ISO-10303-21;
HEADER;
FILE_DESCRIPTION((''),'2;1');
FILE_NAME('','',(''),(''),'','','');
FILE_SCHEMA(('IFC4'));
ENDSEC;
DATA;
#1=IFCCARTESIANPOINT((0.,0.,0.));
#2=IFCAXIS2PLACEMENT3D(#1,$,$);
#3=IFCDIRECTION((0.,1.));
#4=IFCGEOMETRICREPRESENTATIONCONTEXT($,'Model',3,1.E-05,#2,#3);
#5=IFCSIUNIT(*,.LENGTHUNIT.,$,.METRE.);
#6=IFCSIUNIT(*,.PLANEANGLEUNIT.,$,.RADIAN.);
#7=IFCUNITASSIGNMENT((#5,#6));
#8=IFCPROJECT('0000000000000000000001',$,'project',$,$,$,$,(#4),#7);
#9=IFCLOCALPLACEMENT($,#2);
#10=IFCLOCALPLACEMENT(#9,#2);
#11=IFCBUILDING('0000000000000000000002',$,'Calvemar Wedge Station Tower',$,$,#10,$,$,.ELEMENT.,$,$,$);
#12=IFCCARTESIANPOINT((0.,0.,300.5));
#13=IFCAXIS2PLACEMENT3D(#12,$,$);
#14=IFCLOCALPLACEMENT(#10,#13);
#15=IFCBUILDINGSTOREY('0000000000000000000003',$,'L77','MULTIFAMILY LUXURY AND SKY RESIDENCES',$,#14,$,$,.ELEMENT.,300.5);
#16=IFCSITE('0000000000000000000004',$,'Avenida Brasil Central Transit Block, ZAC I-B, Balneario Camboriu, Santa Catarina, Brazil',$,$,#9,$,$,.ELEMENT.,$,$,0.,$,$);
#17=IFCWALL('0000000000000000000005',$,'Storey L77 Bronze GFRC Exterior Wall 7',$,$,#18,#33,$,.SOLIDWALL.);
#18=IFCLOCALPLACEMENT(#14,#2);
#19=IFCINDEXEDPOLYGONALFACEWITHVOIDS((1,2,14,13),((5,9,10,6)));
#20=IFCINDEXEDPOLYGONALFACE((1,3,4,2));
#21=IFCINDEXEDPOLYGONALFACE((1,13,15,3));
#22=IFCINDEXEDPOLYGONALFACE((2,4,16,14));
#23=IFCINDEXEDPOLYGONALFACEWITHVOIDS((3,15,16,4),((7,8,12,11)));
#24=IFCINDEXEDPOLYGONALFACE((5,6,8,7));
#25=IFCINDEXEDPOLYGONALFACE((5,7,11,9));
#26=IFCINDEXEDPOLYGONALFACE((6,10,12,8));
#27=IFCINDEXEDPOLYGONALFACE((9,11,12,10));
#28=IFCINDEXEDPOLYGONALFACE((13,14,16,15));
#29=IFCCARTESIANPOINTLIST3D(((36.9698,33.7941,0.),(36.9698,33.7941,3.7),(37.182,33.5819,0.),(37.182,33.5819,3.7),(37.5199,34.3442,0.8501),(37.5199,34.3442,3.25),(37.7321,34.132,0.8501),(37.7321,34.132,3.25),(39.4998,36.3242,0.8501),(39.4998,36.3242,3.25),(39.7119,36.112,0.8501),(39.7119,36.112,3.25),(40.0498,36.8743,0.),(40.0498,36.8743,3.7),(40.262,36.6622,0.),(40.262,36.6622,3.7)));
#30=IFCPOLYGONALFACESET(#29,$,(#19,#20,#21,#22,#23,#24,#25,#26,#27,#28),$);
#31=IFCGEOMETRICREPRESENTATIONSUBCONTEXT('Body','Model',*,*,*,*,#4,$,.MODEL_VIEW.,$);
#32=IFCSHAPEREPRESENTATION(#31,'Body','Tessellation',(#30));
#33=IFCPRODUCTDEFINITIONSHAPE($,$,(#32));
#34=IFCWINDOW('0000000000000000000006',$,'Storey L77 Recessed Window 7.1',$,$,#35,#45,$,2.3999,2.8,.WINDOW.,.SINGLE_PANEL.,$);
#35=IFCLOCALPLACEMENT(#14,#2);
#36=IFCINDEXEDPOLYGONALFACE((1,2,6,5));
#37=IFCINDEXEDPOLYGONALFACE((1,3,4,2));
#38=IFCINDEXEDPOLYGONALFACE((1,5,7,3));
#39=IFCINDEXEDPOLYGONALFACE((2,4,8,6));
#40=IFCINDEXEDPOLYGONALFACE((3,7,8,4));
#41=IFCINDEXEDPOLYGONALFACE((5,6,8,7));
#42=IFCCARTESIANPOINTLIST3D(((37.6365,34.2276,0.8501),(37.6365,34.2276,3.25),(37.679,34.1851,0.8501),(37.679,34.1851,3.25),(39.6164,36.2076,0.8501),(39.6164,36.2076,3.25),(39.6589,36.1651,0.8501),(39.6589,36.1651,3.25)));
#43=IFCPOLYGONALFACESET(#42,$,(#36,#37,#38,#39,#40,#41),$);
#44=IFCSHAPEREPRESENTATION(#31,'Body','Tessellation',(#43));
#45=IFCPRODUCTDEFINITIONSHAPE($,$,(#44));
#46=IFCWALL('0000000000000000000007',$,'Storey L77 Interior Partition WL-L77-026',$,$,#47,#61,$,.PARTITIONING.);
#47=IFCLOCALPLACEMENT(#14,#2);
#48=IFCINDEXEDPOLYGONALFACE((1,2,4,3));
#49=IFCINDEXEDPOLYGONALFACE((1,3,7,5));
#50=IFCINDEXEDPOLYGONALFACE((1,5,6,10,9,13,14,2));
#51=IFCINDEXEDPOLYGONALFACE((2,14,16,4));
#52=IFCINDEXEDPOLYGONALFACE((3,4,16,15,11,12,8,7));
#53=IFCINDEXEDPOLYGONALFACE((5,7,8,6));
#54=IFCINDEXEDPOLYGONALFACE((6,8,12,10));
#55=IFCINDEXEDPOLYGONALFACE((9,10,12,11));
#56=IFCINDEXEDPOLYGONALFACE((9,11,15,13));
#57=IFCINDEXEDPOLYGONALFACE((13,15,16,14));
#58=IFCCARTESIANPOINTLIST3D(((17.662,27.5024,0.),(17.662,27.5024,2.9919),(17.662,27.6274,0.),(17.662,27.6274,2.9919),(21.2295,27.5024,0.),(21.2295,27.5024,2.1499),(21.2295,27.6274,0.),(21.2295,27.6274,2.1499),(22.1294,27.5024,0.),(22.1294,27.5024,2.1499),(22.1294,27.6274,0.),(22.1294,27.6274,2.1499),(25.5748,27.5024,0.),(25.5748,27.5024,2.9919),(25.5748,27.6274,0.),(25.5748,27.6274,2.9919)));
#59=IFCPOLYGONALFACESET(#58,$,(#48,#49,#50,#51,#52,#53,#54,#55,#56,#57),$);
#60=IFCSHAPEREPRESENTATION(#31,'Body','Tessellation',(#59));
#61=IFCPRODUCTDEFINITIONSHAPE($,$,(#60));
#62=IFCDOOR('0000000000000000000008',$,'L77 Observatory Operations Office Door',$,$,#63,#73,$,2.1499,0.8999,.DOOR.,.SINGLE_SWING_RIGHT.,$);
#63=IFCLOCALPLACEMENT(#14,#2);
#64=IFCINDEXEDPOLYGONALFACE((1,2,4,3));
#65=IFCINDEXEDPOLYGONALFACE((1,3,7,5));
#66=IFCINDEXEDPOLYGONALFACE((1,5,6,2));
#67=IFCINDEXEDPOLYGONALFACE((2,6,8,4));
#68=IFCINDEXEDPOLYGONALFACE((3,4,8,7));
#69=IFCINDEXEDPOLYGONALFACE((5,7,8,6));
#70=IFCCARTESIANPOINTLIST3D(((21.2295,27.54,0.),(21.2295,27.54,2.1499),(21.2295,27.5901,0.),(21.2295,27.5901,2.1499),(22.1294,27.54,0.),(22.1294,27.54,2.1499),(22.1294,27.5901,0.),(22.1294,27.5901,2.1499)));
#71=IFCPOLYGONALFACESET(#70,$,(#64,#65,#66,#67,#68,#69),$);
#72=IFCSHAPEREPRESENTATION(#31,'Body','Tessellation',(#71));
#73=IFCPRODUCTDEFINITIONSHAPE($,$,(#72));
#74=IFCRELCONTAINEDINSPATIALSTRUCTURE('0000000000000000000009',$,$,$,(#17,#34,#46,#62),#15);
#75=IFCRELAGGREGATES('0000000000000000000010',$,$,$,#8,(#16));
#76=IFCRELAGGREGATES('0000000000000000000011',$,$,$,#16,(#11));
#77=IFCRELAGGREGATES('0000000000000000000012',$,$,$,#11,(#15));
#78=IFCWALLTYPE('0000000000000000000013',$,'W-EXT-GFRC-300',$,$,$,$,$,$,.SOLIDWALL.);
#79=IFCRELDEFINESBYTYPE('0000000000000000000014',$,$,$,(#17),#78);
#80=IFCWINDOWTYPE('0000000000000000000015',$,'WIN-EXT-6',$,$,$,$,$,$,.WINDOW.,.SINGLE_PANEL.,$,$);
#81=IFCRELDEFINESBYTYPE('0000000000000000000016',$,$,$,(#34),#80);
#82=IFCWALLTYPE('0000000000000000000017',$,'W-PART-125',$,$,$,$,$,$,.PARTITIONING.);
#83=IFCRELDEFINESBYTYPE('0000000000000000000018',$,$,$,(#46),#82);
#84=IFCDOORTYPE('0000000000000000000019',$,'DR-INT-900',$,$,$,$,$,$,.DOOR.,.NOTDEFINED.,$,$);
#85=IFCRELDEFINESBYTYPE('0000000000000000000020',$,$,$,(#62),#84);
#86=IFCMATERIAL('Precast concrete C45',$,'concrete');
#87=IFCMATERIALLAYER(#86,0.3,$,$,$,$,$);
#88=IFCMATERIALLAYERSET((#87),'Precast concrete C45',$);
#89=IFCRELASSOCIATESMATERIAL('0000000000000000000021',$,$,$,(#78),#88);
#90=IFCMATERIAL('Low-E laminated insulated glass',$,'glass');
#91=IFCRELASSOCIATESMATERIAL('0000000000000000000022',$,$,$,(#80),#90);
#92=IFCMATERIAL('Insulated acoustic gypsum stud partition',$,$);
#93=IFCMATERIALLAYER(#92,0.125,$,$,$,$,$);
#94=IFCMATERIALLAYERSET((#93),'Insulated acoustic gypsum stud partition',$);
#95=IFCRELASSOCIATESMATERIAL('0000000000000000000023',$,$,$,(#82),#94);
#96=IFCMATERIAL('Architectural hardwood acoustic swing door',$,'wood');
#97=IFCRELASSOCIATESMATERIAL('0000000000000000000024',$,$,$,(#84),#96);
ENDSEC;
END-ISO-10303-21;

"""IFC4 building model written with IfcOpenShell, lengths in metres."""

from ifc_helpers import new_model, si_unit, direction, frame, frame_2d, origin, place, context, subcontext, project, spatial, rectangle, extrude, source, transform, mapped, material, layer, layer_set, type_object, element, fill, save


model = new_model("IFC4")

# Units and contexts
model_context = context("Model", 3, precision=1e-05, world=origin(), true_north=direction((0.0, 1.0)))
body_context = subcontext(model_context, "Body", "Model", "MODEL_VIEW")
ifc_project = project(units=[si_unit("LENGTHUNIT", "METRE"), si_unit("PLANEANGLEUNIT", "RADIAN")], contexts=[model_context])

# Site, building, storey
site_placement = place(None, origin())
site = spatial("IfcSite", under=ifc_project, at=site_placement, Name="Avenida Brasil Central Transit Block, ZAC I-B, Balneario Camboriu, Santa Catarina, Brazil", CompositionType="ELEMENT", RefElevation=0.0)
building_placement = place(site_placement, origin())
building = spatial("IfcBuilding", under=site, at=building_placement, Name="Calvemar Wedge Station Tower", CompositionType="ELEMENT")
storey_placement = place(building_placement, frame((0.0, 0.0, 300.5)))
storey = spatial("IfcBuildingStorey", under=building, at=storey_placement, Name="L77", Description="MULTIFAMILY LUXURY AND SKY RESIDENCES", CompositionType="ELEMENT", Elevation=300.5)

# Shared definitions
ifc_material_1 = material(Name="Precast concrete C45", Category="concrete")
ifc_layer_1 = layer(ifc_material_1, 0.3)
ifc_layer_set_1 = layer_set([ifc_layer_1], Name="Precast concrete C45")
wall_type_1 = type_object("IfcWallType", Name="W-EXT-GFRC-300", PredefinedType="SOLIDWALL", material=ifc_layer_set_1)
shared_shape_1 = source(origin(), body_context, "Body", "SweptSolid", [
    extrude(rectangle(XDim=2.8, YDim=2.3999, at=frame_2d((1.3999, 1.2))), frame((0.0, 0.1602, 0.0), z_axis=(0.0, -1.0, 0.0), x_axis=(1.0, 0.0, 0.0)), (0.0, 0.0, 1.0), 0.3201),
])
ifc_material_2 = material(Name="Low-E laminated insulated glass", Category="glass")
window_type_1 = type_object("IfcWindowType", Name="WIN-EXT-6", PartitioningType="SINGLE_PANEL", PredefinedType="WINDOW", material=ifc_material_2)
shared_shape_2 = source(origin(), body_context, "Body", "SweptSolid", [
    extrude(rectangle(XDim=2.8, YDim=2.3999, at=frame_2d((1.3999, 1.2))), frame((0.0, -0.0149, 0.0), z_axis=(0.0, -1.0, 0.0), x_axis=(1.0, 0.0, 0.0)), (0.0, 0.0, 1.0), 0.0601),
])

# Wall, opening, window
wall_1_placement = place(storey_placement, frame((37.0759, 33.688, 0.0), z_axis=(0.0, 0.0, 1.0), x_axis=(0.707079, 0.707135, 0.0)))
wall_1 = element("IfcWall", 1, at=wall_1_placement, inside=storey, type_object=wall_type_1, Name="Storey L77 Bronze GFRC Exterior Wall 7", PredefinedType="SOLIDWALL", context=body_context, shape_type="SweptSolid", body=[
    extrude(rectangle(XDim=4.356, YDim=0.3, at=frame_2d((2.178, 0.0))), origin(), (0.0, 0.0, 1.0), 3.7),
])
opening_1_placement = place(wall_1_placement, frame((0.7781, 0.0, 0.8501)))
opening_1 = element("IfcOpeningElement", 2, at=opening_1_placement, cuts=wall_1, PredefinedType="OPENING", context=body_context, shape_type="MappedRepresentation", body=[
    mapped(shared_shape_1, transform((0.0, 0.0, 0.0), scale=1.0)),
])
window_1_placement = place(opening_1_placement, origin())
window_1 = element("IfcWindow", 3, at=window_1_placement, inside=storey, type_object=window_type_1, Name="Storey L77 Recessed Window 7.1", OverallHeight=2.3999, OverallWidth=2.8, PartitioningType="SINGLE_PANEL", PredefinedType="WINDOW", context=body_context, shape_type="MappedRepresentation", body=[
    mapped(shared_shape_2, transform((0.0, 0.0, 0.0), scale=1.0)),
])
fill(opening_1, window_1)

# Wall, opening, door
ifc_material_3 = material(Name="Insulated acoustic gypsum stud partition")
ifc_layer_2 = layer(ifc_material_3, 0.125)
ifc_layer_set_2 = layer_set([ifc_layer_2], Name="Insulated acoustic gypsum stud partition")
wall_type_2 = type_object("IfcWallType", Name="W-PART-125", PredefinedType="PARTITIONING", material=ifc_layer_set_2)
wall_2_placement = place(storey_placement, frame((25.575, 27.5649, 0.0), z_axis=(0.0, 0.0, 1.0), x_axis=(-1.0, 0.0, 0.0)))
wall_2 = element("IfcWall", 4, at=wall_2_placement, inside=storey, type_object=wall_type_2, Name="Storey L77 Interior Partition WL-L77-026", PredefinedType="PARTITIONING", context=body_context, shape_type="SweptSolid", body=[
    extrude(rectangle(XDim=7.9128, YDim=0.125, at=frame_2d((3.9565, 0.0))), origin(), (0.0, 0.0, 1.0), 2.9919),
])
shared_shape_3 = source(origin(), body_context, "Body", "SweptSolid", [
    extrude(rectangle(XDim=0.8999, YDim=2.1499, at=frame_2d((0.45, 1.075))), frame((0.0, 0.0725, 0.0), z_axis=(0.0, -1.0, 0.0), x_axis=(1.0, 0.0, 0.0)), (0.0, 0.0, 1.0), 0.145),
])
opening_2_placement = place(wall_2_placement, frame((3.4456, 0.0, 0.0)))
opening_2 = element("IfcOpeningElement", 5, at=opening_2_placement, cuts=wall_2, PredefinedType="OPENING", context=body_context, shape_type="MappedRepresentation", body=[
    mapped(shared_shape_3, transform((0.0, 0.0, 0.0), scale=1.0)),
])
ifc_material_4 = material(Name="Architectural hardwood acoustic swing door", Category="wood")
door_type_1 = type_object("IfcDoorType", Name="DR-INT-900", OperationType="NOTDEFINED", PredefinedType="DOOR", material=ifc_material_4)
shared_shape_4 = source(origin(), body_context, "Body", "SweptSolid", [
    extrude(rectangle(XDim=0.8999, YDim=2.1499, at=frame_2d((0.45, 1.075))), frame((0.0, 0.0249, 0.0), z_axis=(0.0, -1.0, 0.0), x_axis=(1.0, 0.0, 0.0)), (0.0, 0.0, 1.0), 0.05),
])
door_1_placement = place(opening_2_placement, origin())
door_1 = element("IfcDoor", 6, at=door_1_placement, inside=storey, type_object=door_type_1, Name="L77 Observatory Operations Office Door", OperationType="SINGLE_SWING_RIGHT", OverallHeight=2.1499, OverallWidth=0.8999, PredefinedType="DOOR", context=body_context, shape_type="MappedRepresentation", body=[
    mapped(shared_shape_4, transform((0.0, 0.0, 0.0), scale=1.0)),
])
fill(opening_2, door_1)

save(model, "model.ifc")
